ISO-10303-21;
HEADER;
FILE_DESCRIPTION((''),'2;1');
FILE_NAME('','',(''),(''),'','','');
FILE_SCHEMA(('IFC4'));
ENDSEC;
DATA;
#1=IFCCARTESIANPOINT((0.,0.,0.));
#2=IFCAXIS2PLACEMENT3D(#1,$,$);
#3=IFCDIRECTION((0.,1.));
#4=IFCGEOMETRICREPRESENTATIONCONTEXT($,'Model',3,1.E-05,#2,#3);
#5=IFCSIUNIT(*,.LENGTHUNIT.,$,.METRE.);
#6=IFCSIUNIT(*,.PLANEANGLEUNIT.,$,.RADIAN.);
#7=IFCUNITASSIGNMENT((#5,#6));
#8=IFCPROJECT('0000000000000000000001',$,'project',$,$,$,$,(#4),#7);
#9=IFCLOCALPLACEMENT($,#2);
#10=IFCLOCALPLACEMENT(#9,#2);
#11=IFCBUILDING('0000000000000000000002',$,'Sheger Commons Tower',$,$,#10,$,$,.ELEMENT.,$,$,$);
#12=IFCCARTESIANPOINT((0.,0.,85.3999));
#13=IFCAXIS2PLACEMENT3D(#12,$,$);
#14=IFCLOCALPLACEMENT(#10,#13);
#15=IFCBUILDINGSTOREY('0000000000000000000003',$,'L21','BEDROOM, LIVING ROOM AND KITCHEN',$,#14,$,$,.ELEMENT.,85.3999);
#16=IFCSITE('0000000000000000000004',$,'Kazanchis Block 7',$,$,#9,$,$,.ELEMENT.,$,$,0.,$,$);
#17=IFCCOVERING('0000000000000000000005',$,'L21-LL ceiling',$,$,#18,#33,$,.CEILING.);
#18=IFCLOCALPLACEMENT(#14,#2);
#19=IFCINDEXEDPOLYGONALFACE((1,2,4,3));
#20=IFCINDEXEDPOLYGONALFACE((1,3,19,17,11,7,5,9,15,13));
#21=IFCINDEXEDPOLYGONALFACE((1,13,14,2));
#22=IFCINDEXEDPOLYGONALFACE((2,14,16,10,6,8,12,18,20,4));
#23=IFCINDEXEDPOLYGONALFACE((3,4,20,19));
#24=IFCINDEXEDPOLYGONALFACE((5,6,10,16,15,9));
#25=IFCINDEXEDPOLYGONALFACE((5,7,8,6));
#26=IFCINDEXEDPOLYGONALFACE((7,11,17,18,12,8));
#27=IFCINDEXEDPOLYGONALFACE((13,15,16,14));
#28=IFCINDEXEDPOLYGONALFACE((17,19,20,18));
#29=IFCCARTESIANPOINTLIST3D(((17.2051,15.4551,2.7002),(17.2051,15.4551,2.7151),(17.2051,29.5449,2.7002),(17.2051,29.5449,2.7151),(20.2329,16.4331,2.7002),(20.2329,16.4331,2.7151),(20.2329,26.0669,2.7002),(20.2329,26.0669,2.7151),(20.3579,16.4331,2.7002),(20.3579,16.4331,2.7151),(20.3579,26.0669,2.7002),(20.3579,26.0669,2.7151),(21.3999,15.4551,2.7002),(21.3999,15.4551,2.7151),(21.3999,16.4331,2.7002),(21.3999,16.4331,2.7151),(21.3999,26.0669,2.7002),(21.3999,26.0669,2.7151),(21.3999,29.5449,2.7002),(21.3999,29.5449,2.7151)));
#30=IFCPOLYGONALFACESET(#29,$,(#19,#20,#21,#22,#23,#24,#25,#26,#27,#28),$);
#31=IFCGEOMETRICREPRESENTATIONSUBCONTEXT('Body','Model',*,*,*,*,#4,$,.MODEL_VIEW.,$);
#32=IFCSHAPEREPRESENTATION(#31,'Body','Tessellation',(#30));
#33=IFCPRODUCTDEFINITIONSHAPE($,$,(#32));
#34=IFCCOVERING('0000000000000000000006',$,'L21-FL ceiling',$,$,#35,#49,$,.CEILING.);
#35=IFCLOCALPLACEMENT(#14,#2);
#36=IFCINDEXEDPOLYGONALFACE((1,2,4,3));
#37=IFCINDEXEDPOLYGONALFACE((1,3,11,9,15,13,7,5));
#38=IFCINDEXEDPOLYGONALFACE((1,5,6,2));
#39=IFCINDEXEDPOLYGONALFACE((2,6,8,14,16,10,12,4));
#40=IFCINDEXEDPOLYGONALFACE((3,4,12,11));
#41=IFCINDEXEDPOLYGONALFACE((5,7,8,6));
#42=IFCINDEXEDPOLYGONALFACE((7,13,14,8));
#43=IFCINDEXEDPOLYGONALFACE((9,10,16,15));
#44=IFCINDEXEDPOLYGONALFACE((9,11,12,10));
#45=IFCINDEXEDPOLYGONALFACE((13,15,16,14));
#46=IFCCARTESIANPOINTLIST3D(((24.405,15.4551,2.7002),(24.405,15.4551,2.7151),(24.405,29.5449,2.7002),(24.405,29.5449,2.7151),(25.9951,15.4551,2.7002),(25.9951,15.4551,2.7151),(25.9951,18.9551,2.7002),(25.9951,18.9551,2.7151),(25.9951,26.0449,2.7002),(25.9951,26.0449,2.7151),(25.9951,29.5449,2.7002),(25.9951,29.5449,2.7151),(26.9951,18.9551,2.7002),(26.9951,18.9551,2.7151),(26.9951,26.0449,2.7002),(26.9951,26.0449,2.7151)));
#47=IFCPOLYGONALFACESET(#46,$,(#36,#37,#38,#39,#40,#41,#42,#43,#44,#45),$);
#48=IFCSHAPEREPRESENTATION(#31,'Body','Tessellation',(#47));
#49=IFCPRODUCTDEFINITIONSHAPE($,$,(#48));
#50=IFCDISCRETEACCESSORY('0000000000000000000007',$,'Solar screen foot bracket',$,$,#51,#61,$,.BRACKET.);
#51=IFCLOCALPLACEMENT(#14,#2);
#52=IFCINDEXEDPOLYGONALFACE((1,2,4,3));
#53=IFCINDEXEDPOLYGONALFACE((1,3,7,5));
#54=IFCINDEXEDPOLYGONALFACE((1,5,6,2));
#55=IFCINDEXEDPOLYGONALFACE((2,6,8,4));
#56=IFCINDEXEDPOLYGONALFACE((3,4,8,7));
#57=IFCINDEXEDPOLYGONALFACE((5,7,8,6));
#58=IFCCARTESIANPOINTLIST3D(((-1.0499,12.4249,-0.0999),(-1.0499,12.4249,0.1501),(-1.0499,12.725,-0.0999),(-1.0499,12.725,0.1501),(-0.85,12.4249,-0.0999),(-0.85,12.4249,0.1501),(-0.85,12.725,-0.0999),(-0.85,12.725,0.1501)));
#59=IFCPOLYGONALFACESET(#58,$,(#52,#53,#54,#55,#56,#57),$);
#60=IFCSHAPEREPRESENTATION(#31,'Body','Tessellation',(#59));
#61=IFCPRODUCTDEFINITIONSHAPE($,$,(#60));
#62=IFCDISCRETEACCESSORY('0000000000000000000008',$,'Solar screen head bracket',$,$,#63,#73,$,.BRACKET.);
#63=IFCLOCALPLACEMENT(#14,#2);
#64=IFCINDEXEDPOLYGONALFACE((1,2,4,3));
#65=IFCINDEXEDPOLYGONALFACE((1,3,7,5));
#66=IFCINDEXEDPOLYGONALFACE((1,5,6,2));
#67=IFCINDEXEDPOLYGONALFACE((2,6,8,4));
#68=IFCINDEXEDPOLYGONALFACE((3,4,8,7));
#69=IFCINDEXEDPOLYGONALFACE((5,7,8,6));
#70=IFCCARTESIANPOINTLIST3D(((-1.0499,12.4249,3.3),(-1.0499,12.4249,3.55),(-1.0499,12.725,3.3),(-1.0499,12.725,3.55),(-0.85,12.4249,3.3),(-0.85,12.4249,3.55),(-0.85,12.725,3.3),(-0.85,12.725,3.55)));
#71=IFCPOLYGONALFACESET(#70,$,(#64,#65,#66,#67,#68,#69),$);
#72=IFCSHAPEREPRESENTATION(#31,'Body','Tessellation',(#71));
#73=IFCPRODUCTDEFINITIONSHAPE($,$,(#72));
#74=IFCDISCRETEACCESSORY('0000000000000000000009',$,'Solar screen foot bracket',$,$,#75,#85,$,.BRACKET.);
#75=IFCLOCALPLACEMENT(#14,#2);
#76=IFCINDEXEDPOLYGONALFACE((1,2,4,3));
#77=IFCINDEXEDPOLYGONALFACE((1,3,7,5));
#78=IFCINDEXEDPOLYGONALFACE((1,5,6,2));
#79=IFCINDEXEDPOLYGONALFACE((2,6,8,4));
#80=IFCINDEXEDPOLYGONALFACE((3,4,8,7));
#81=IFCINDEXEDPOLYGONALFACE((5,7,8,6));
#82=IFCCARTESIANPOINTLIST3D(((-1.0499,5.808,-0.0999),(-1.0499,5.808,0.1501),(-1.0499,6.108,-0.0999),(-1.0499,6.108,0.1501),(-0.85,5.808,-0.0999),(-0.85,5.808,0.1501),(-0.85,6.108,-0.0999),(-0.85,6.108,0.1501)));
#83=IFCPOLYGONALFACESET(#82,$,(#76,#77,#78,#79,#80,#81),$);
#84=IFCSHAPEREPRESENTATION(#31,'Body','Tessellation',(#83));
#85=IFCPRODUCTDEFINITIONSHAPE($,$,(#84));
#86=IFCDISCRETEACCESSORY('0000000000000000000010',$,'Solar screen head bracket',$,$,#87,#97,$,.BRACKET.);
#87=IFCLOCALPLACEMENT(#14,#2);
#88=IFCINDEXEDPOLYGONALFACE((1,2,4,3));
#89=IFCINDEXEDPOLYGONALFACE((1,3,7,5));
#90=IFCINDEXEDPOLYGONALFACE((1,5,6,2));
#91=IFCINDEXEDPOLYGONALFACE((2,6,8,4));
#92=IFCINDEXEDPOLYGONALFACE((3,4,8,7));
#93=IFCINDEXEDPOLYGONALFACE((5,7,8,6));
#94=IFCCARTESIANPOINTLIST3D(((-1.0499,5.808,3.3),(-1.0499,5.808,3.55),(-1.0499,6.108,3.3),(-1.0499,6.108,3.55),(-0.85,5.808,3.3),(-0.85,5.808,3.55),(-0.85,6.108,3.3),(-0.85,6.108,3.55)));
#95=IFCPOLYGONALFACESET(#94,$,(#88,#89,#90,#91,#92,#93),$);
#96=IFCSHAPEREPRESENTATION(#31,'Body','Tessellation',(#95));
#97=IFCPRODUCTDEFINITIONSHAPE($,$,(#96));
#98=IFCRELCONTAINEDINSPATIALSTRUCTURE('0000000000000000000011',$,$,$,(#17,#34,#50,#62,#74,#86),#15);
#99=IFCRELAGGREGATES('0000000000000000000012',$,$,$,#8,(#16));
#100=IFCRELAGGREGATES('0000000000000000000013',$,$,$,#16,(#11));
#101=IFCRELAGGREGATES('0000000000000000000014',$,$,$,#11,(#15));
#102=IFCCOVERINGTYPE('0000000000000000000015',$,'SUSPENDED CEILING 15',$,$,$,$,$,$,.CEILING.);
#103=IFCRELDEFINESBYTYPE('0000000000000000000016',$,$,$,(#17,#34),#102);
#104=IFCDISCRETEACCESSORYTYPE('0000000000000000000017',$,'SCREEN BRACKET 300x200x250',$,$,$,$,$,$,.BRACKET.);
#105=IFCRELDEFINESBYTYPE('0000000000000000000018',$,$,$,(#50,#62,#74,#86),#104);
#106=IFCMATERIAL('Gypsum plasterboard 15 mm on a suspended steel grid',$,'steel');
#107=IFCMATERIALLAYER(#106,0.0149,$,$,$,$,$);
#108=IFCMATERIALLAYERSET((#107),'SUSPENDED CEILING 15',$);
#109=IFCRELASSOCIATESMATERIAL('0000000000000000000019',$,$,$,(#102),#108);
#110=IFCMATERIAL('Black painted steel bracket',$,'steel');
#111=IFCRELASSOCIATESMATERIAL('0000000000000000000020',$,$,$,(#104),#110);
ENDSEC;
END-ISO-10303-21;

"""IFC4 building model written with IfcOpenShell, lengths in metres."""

from ifc_helpers import new_model, si_unit, direction, frame, origin, origin_2d, place, context, subcontext, project, spatial, polyline, rectangle, outline, extrude, material, layer, layer_set, type_object, element, save


model = new_model("IFC4")

# Units and contexts
model_context = context("Model", 3, precision=1e-05, world=origin(), true_north=direction((0.0, 1.0)))
body_context = subcontext(model_context, "Body", "Model", "MODEL_VIEW")
ifc_project = project(units=[si_unit("LENGTHUNIT", "METRE"), si_unit("PLANEANGLEUNIT", "RADIAN")], contexts=[model_context])

# Site, building, storey
site_placement = place(None, origin())
site = spatial("IfcSite", under=ifc_project, at=site_placement, Name="Kazanchis Block 7", CompositionType="ELEMENT", RefElevation=0.0)
building_placement = place(site_placement, origin())
building = spatial("IfcBuilding", under=site, at=building_placement, Name="Sheger Commons Tower", CompositionType="ELEMENT")
storey_placement = place(building_placement, frame((0.0, 0.0, 85.3999)))
storey = spatial("IfcBuildingStorey", under=building, at=storey_placement, Name="L21", Description="BEDROOM, LIVING ROOM AND KITCHEN", CompositionType="ELEMENT", Elevation=85.3999)

# Coverings
ifc_material_1 = material(Name="Gypsum plasterboard 15 mm on a suspended steel grid", Category="steel")
ifc_layer_1 = layer(ifc_material_1, 0.0149)
ifc_layer_set_1 = layer_set([ifc_layer_1], Name="SUSPENDED CEILING 15")
covering_type_1 = type_object("IfcCoveringType", Name="SUSPENDED CEILING 15", PredefinedType="CEILING", material=ifc_layer_set_1)
covering_1_placement = place(storey_placement, frame((0.0, 0.0, 2.7002)))
element("IfcCovering", 1, at=covering_1_placement, inside=storey, type_object=covering_type_1, Name="L21-LL ceiling", PredefinedType="CEILING", context=body_context, shape_type="SweptSolid", body=[
    extrude(outline(polyline([(17.2051, 15.4551), (21.3999, 15.4551), (21.3999, 16.4331), (20.3579, 16.4331), (20.2329, 16.4331), (20.2329, 26.0669), (20.3579, 26.0669), (21.3999, 26.0669), (21.3999, 29.5449), (17.2051, 29.5449), (17.2051, 15.4551)])), origin(), (0.0, 0.0, 1.0), 0.0149),
])
covering_2_placement = place(storey_placement, frame((0.0, 0.0, 2.7002)))
element("IfcCovering", 2, at=covering_2_placement, inside=storey, type_object=covering_type_1, Name="L21-FL ceiling", PredefinedType="CEILING", context=body_context, shape_type="SweptSolid", body=[
    extrude(outline(polyline([(24.405, 15.4551), (25.9951, 15.4551), (25.9951, 18.9551), (26.9951, 18.9551), (26.9951, 26.0449), (25.9951, 26.0449), (25.9951, 29.5449), (24.405, 29.5449), (24.405, 15.4551)])), origin(), (0.0, 0.0, 1.0), 0.0149),
])

# Discrete accessories
ifc_material_2 = material(Name="Black painted steel bracket", Category="steel")
discrete_accessory_type = type_object("IfcDiscreteAccessoryType", Name="SCREEN BRACKET 300x200x250", PredefinedType="BRACKET", material=ifc_material_2)
for number, where, z_axis, x_axis, name in (
    (3, (-0.95, 12.575, -0.0999), (0.0, 0.0, 1.0), (0.0, -1.0, 0.0), "Solar screen foot bracket"),
    (4, (-0.95, 12.575, 3.3), (0.0, 0.0, 1.0), (0.0, -1.0, 0.0), "Solar screen head bracket"),
    (5, (-0.95, 5.958, -0.0999), (0.0, 0.0, 1.0), (0.0, -1.0, 0.0), "Solar screen foot bracket"),
    (6, (-0.95, 5.958, 3.3), (0.0, 0.0, 1.0), (0.0, -1.0, 0.0), "Solar screen head bracket"),
):
    element("IfcDiscreteAccessory", number, at=place(storey_placement, frame(where, z_axis=z_axis, x_axis=x_axis)), inside=storey, type_object=discrete_accessory_type, Name=name, PredefinedType="BRACKET", context=body_context, shape_type="SweptSolid", body=[
        extrude(rectangle(XDim=0.3, YDim=0.2, at=origin_2d()), origin(), (0.0, 0.0, 1.0), 0.25),
    ])

save(model, "model.ifc")
